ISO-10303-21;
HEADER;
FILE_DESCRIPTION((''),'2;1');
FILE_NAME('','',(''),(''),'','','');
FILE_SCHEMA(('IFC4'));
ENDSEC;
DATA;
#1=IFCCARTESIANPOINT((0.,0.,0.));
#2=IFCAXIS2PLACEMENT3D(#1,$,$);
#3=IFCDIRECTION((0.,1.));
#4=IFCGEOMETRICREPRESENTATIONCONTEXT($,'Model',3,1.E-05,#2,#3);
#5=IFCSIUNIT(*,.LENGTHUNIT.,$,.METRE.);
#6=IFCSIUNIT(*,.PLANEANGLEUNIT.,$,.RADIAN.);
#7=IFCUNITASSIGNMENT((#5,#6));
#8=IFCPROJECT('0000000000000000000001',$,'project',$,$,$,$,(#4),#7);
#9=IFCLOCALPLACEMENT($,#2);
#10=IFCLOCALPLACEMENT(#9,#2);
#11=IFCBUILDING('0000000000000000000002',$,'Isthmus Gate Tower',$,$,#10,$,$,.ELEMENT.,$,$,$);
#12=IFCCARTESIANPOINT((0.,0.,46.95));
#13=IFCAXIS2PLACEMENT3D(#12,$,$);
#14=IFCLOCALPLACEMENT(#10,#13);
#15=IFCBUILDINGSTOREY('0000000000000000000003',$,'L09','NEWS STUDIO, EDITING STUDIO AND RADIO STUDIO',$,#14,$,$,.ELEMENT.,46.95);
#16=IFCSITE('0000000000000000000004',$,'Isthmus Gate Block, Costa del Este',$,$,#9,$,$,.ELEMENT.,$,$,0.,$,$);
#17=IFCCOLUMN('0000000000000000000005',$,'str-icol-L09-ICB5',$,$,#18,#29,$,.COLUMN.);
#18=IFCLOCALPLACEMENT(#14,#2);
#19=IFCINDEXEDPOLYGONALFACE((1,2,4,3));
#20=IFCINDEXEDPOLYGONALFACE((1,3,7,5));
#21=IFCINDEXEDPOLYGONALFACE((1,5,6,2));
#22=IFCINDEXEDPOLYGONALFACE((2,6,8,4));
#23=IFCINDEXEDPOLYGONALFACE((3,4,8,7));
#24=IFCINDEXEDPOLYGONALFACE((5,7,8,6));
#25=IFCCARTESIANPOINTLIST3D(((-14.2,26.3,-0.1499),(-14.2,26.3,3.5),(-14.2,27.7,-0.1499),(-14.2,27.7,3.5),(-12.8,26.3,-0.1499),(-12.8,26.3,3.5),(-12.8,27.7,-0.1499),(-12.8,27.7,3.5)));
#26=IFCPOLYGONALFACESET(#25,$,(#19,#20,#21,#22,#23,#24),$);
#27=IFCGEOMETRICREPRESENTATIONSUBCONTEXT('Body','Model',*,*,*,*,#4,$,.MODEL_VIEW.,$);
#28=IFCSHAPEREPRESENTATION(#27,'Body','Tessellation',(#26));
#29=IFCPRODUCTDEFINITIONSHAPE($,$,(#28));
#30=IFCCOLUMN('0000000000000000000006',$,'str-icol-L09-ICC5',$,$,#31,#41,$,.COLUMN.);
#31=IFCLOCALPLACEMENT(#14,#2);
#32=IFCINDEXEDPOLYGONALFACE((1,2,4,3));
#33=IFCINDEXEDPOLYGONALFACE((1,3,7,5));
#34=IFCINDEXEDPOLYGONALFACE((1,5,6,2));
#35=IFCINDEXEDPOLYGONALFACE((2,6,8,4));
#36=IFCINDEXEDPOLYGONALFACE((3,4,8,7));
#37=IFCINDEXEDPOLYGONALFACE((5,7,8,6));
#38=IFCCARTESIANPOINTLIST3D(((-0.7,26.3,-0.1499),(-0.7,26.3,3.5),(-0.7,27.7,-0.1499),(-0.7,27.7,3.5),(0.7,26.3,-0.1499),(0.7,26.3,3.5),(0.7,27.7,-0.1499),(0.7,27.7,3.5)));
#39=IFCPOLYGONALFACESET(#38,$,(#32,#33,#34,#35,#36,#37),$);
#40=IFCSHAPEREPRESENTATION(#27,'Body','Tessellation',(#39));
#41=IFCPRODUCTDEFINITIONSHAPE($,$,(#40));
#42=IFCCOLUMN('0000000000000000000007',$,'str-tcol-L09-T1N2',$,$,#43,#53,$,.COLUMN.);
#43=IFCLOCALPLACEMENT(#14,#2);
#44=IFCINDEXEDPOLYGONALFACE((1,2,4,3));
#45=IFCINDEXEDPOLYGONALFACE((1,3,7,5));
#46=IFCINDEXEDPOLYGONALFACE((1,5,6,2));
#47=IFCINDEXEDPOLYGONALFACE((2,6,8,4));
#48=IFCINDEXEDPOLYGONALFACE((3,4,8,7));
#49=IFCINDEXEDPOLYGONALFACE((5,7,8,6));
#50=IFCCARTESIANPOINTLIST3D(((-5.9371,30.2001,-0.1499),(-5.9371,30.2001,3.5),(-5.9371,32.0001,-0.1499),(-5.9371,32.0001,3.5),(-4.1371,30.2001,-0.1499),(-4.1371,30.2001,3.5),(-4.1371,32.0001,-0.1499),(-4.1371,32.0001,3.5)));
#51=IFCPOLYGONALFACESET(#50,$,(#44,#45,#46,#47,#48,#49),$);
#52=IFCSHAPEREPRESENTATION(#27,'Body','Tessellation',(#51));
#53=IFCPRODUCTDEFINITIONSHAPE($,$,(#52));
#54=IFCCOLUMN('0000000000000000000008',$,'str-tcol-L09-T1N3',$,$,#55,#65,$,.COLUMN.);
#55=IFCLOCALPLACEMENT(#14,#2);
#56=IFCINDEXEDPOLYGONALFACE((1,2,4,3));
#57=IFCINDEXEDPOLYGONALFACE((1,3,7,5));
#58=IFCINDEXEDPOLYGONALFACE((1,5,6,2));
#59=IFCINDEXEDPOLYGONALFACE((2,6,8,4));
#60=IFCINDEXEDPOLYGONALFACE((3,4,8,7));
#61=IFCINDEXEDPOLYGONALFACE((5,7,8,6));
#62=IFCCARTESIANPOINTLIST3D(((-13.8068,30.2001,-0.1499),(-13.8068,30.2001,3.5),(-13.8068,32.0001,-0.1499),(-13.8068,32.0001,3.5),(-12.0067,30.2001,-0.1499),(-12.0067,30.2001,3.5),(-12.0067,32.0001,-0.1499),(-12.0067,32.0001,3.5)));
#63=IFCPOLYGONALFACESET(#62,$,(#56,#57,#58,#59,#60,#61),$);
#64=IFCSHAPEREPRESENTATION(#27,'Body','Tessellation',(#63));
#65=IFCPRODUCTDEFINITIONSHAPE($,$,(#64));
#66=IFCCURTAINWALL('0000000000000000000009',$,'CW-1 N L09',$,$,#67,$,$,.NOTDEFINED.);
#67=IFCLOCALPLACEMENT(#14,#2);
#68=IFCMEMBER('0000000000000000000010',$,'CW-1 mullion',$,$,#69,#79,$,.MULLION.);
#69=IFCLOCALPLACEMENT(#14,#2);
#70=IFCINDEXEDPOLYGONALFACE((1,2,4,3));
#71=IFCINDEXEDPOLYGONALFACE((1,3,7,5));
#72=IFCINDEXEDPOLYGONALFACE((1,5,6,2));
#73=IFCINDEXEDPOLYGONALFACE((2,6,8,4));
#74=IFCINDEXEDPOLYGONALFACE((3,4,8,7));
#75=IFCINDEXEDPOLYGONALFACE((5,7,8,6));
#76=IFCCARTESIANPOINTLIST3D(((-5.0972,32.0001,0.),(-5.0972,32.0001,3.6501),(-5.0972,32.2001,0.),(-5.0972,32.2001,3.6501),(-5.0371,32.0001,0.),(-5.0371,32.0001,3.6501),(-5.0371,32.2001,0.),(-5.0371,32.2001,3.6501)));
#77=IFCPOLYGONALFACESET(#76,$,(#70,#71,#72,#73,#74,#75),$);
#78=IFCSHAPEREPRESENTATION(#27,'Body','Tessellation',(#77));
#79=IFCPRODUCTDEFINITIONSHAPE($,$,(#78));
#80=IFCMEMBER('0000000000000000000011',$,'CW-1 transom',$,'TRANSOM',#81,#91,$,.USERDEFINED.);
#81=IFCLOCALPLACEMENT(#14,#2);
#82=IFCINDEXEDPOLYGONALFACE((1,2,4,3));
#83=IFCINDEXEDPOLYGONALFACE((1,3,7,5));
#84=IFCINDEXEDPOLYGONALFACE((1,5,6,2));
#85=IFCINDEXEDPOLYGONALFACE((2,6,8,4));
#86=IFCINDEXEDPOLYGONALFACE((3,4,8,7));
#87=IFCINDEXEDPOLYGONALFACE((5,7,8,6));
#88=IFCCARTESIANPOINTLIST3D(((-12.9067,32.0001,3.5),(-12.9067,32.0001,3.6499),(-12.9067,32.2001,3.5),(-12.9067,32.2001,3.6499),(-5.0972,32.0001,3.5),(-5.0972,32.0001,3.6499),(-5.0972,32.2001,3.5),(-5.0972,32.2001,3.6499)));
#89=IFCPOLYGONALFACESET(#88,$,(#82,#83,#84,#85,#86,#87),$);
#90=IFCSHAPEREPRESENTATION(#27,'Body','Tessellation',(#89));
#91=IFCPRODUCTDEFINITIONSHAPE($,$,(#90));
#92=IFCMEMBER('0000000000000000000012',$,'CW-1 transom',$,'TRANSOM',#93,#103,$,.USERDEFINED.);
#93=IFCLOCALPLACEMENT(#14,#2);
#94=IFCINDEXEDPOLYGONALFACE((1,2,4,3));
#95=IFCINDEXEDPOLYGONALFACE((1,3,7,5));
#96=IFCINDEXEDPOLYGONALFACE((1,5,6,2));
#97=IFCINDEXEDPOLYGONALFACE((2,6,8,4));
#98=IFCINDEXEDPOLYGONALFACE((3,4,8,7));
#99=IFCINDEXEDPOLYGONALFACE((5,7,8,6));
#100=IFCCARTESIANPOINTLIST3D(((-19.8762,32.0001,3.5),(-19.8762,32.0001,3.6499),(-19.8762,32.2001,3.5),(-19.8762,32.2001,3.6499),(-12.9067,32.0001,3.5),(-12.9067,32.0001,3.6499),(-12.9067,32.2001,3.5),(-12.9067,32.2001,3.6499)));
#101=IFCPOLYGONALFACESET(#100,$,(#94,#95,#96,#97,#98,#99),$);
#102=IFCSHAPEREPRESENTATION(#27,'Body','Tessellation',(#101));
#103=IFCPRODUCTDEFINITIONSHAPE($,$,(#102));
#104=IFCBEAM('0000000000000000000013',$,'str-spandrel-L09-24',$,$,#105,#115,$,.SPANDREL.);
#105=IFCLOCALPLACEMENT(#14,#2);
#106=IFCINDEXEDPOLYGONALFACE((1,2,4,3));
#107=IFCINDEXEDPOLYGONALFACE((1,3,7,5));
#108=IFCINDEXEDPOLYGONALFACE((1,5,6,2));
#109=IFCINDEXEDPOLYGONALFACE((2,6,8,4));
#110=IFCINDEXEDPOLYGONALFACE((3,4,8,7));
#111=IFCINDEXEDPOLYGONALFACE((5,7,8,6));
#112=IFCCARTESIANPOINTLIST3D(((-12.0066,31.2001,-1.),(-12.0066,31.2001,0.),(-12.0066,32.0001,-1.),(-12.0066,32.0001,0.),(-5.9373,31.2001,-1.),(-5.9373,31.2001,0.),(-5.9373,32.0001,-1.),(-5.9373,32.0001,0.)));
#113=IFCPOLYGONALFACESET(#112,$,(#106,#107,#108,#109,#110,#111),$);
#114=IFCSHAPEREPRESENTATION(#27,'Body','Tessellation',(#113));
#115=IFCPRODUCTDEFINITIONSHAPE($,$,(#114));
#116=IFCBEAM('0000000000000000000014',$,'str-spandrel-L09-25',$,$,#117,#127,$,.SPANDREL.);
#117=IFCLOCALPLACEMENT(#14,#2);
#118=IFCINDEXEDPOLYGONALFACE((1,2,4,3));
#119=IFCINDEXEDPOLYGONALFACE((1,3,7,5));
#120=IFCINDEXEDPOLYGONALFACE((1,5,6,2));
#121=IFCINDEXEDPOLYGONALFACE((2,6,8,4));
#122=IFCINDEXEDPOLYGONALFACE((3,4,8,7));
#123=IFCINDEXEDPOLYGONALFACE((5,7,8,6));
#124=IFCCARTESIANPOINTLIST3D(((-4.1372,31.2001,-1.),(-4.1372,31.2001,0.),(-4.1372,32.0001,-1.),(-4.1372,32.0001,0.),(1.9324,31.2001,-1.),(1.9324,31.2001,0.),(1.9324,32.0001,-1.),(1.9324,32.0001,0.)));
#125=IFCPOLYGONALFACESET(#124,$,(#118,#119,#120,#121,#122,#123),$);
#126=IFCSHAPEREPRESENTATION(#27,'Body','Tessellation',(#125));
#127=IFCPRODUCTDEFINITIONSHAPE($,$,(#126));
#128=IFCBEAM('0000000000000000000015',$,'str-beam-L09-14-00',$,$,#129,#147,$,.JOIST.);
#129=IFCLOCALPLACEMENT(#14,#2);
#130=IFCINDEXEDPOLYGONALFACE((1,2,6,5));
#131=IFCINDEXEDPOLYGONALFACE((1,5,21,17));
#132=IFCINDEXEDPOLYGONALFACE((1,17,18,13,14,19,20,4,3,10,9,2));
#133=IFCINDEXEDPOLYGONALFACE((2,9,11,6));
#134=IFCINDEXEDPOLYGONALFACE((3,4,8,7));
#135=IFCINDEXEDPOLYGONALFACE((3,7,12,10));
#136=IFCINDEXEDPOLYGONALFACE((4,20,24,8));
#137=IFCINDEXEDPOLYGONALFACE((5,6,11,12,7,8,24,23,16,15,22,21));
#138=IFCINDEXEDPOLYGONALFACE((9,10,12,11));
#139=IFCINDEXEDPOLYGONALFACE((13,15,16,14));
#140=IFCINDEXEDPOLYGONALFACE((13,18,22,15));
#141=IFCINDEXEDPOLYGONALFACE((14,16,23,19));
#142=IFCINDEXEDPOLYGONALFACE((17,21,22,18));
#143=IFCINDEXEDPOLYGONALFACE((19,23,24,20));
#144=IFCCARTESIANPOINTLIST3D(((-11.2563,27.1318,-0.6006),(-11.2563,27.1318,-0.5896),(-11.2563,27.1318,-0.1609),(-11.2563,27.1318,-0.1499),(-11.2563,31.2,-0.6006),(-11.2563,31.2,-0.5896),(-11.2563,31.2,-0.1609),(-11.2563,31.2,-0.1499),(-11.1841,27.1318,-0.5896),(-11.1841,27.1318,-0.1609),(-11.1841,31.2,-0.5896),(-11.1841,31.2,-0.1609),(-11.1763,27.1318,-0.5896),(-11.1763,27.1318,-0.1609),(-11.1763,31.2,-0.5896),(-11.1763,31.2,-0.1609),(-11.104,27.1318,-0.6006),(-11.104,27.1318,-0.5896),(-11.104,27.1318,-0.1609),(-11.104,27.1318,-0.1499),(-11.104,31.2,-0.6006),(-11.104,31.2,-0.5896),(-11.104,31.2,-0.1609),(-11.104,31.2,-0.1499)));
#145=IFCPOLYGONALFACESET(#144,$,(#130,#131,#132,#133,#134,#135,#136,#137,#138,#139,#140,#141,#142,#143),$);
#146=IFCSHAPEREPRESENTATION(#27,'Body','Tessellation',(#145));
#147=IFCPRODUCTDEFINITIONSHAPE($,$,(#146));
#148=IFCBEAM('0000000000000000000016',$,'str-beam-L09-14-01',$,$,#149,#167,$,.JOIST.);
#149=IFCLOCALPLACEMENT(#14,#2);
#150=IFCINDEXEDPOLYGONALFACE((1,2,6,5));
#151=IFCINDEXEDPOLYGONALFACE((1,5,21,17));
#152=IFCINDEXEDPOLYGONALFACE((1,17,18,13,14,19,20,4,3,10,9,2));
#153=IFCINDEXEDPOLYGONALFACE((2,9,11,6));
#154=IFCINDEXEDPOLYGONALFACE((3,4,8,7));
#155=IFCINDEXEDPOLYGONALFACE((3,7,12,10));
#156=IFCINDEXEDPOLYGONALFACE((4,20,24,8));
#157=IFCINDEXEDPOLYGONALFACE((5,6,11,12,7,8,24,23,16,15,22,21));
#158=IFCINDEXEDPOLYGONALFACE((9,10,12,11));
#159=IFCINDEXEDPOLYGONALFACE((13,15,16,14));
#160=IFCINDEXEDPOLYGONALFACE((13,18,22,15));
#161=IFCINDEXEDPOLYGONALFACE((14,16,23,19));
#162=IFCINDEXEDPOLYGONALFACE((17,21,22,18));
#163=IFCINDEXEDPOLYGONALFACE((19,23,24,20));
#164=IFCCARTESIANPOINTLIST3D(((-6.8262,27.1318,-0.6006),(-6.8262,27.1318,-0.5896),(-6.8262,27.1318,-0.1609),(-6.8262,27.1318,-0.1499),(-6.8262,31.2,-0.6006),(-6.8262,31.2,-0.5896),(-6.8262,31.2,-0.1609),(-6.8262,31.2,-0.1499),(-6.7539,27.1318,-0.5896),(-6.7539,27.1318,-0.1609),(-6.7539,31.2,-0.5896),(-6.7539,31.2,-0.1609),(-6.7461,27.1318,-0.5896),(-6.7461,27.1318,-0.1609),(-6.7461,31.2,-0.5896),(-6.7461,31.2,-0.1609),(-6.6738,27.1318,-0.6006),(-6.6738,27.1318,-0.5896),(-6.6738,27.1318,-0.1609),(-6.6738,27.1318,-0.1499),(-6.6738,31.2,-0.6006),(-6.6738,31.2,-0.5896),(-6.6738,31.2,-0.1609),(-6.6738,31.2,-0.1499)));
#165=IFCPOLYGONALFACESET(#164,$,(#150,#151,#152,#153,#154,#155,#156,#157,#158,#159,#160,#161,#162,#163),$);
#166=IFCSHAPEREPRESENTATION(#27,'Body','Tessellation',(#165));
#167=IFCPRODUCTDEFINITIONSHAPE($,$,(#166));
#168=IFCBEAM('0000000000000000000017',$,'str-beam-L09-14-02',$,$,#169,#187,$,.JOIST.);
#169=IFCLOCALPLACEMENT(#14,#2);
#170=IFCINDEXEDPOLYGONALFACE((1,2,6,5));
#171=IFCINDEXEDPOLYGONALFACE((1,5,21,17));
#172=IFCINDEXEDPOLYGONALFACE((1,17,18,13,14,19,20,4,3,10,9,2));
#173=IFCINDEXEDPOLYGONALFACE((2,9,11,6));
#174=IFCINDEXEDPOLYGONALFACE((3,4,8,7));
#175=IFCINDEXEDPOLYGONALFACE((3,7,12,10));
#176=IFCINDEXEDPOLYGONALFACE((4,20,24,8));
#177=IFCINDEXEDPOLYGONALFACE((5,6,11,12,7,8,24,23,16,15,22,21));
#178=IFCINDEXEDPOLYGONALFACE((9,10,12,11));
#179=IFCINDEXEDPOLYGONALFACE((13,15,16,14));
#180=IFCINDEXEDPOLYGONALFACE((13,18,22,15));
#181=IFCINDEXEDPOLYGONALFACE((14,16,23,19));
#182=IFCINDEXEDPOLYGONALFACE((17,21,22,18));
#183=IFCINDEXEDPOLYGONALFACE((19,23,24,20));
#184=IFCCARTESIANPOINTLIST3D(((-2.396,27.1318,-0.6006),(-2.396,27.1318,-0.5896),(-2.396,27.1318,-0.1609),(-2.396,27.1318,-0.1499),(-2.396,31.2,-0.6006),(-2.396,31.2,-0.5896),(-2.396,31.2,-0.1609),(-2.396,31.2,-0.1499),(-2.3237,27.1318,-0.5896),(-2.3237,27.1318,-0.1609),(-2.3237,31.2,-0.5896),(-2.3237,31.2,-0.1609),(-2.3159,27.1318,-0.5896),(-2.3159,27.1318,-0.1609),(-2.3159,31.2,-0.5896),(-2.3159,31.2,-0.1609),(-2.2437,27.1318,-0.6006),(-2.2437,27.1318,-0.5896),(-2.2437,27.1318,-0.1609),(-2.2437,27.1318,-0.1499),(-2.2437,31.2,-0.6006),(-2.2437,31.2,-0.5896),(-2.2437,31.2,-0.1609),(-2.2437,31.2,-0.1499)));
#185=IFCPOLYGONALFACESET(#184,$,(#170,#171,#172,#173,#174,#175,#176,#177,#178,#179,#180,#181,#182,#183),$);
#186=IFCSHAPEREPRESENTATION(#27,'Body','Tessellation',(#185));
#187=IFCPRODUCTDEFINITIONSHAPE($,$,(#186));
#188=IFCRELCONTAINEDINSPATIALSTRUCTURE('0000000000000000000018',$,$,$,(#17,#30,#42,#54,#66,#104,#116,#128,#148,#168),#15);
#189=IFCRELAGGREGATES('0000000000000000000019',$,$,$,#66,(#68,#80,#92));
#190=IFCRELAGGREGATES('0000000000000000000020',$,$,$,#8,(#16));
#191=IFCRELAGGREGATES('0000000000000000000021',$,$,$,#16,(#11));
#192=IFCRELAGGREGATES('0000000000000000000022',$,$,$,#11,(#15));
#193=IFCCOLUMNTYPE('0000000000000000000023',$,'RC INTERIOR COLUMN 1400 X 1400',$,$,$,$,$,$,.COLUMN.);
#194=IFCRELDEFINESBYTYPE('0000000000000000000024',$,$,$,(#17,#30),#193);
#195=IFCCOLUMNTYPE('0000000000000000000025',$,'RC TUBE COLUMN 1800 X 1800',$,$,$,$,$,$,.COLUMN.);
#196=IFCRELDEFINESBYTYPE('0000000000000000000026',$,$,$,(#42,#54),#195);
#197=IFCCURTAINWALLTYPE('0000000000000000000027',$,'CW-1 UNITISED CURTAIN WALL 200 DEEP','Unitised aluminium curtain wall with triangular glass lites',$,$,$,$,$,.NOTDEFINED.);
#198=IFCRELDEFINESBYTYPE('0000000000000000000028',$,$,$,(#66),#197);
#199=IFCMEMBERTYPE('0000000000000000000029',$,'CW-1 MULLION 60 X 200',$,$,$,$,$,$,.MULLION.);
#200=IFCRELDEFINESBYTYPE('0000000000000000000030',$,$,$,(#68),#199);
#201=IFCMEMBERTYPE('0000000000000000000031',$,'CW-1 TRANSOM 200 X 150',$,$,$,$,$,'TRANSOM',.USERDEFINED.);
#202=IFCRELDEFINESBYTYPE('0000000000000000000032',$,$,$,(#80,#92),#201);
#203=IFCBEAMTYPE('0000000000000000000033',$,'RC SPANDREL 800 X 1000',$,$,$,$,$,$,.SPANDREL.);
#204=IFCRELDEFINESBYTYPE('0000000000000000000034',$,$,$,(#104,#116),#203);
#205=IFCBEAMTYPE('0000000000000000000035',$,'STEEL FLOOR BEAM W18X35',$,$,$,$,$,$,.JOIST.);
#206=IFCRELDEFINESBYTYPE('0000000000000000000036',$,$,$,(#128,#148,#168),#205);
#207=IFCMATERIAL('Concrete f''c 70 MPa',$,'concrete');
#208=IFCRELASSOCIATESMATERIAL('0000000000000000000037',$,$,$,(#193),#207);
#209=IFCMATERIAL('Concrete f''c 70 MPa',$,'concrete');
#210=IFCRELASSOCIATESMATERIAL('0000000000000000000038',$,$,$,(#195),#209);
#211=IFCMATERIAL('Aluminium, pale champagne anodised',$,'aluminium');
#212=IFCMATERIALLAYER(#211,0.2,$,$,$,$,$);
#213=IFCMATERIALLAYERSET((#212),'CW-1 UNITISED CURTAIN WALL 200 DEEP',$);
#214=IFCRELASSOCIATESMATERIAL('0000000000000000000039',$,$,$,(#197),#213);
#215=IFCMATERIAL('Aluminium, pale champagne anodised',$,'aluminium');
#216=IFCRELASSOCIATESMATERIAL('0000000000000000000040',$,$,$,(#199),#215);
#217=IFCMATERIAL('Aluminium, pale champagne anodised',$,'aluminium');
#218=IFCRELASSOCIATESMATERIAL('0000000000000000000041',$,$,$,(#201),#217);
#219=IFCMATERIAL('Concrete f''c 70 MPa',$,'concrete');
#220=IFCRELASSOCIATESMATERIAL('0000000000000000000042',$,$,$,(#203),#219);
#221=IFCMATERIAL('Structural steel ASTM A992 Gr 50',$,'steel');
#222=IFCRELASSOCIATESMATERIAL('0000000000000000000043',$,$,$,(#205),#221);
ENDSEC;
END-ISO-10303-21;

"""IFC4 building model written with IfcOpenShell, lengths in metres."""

from ifc_helpers import new_model, si_unit, direction, frame, origin, origin_2d, place, context, subcontext, project, spatial, rectangle, i_section, extrude, material, layer, layer_set, material_profile, profile_set, type_object, element, aggregate, save


model = new_model("IFC4")

# Units and contexts
model_context = context("Model", 3, precision=1e-05, world=origin(), true_north=direction((0.0, 1.0)))
body_context = subcontext(model_context, "Body", "Model", "MODEL_VIEW")
ifc_project = project(units=[si_unit("LENGTHUNIT", "METRE"), si_unit("PLANEANGLEUNIT", "RADIAN")], contexts=[model_context])

# Site, building, storey
site_placement = place(None, origin())
site = spatial("IfcSite", under=ifc_project, at=site_placement, Name="Isthmus Gate Block, Costa del Este", CompositionType="ELEMENT", RefElevation=0.0)
building_placement = place(site_placement, origin())
building = spatial("IfcBuilding", under=site, at=building_placement, Name="Isthmus Gate Tower", CompositionType="ELEMENT")
storey_placement = place(building_placement, frame((0.0, 0.0, 46.95)))
storey = spatial("IfcBuildingStorey", under=building, at=storey_placement, Name="L09", Description="NEWS STUDIO, EDITING STUDIO AND RADIO STUDIO", CompositionType="ELEMENT", Elevation=46.95)

# Columns
ifc_material_1 = material(Name="Concrete f'c 70 MPa", Category="concrete")
ifc_material_profile_1 = material_profile(ifc_material_1, rectangle(XDim=1.3999, YDim=1.3999, at=origin_2d()), Name="RC 1400X1400")
ifc_profile_set_1 = profile_set([ifc_material_profile_1], Name="Concrete f'c 70 MPa")
column_type_1 = type_object("IfcColumnType", Name="RC INTERIOR COLUMN 1400 X 1400", PredefinedType="COLUMN", material=ifc_profile_set_1)
for number, where, z_axis, x_axis, name in (
    (1, (-13.5, 27.0, -0.1499), (0.0, 0.0, 1.0), (1.0, 0.0, 0.0), "str-icol-L09-ICB5"),
    (2, (0.0, 27.0, -0.1499), (0.0, 0.0, 1.0), (1.0, 0.0, 0.0), "str-icol-L09-ICC5"),
):
    element("IfcColumn", number, at=place(storey_placement, frame(where, z_axis=z_axis, x_axis=x_axis)), inside=storey, type_object=column_type_1, Name=name, PredefinedType="COLUMN", context=body_context, shape_type="SweptSolid", body=[
        extrude(rectangle(XDim=1.3999, YDim=1.3999, at=origin_2d()), origin(), (0.0, 0.0, 1.0), 3.6499),
    ])
ifc_material_2 = material(Name="Concrete f'c 70 MPa", Category="concrete")
ifc_material_profile_2 = material_profile(ifc_material_2, rectangle(XDim=1.8, YDim=1.8, at=origin_2d()), Name="RC 1800X1800")
ifc_profile_set_2 = profile_set([ifc_material_profile_2], Name="Concrete f'c 70 MPa")
column_type_2 = type_object("IfcColumnType", Name="RC TUBE COLUMN 1800 X 1800", PredefinedType="COLUMN", material=ifc_profile_set_2)
for number, where, z_axis, x_axis, name in (
    (3, (-5.0371, 31.1001, -0.1499), (0.0, 0.0, 1.0), (-1.0, 0.0, 0.0), "str-tcol-L09-T1N2"),
    (4, (-12.9067, 31.1001, -0.1499), (0.0, 0.0, 1.0), (-1.0, 0.0, 0.0), "str-tcol-L09-T1N3"),
):
    element("IfcColumn", number, at=place(storey_placement, frame(where, z_axis=z_axis, x_axis=x_axis)), inside=storey, type_object=column_type_2, Name=name, PredefinedType="COLUMN", context=body_context, shape_type="SweptSolid", body=[
        extrude(rectangle(XDim=1.8, YDim=1.8, at=origin_2d()), origin(), (0.0, 0.0, 1.0), 3.6499),
    ])

# Curtain wall, members
ifc_material_3 = material(Name="Aluminium, pale champagne anodised", Category="aluminium")
ifc_layer_1 = layer(ifc_material_3, 0.2)
ifc_layer_set_1 = layer_set([ifc_layer_1], Name="CW-1 UNITISED CURTAIN WALL 200 DEEP")
curtain_wall_type = type_object("IfcCurtainWallType", Name="CW-1 UNITISED CURTAIN WALL 200 DEEP", Description="Unitised aluminium curtain wall with triangular glass lites", PredefinedType="NOTDEFINED", material=ifc_layer_set_1)
curtain_wall_placement = place(storey_placement, origin())
curtain_wall = element("IfcCurtainWall", 5, at=curtain_wall_placement, inside=storey, type_object=curtain_wall_type, Name="CW-1 N L09", PredefinedType="NOTDEFINED")
ifc_material_4 = material(Name="Aluminium, pale champagne anodised", Category="aluminium")
ifc_material_profile_3 = material_profile(ifc_material_4, rectangle(XDim=0.0601, YDim=0.2, at=origin_2d()), Name="60x200")
ifc_profile_set_3 = profile_set([ifc_material_profile_3], Name="Aluminium, pale champagne anodised")
member_type_1 = type_object("IfcMemberType", Name="CW-1 MULLION 60 X 200", PredefinedType="MULLION", material=ifc_profile_set_3)
member_1_placement = place(storey_placement, frame((-5.0671, 32.1001, 0.0), z_axis=(0.0, 0.0, 1.0), x_axis=(-1.0, 0.0, 0.0)))
member_1 = element("IfcMember", 6, at=member_1_placement, type_object=member_type_1, Name="CW-1 mullion", PredefinedType="MULLION", context=body_context, shape_type="SweptSolid", body=[
    extrude(rectangle(XDim=0.0601, YDim=0.2, at=origin_2d()), origin(), (0.0, 0.0, 1.0), 3.6501),
])
ifc_material_5 = material(Name="Aluminium, pale champagne anodised", Category="aluminium")
ifc_material_profile_4 = material_profile(ifc_material_5, rectangle(XDim=0.2, YDim=0.1499, at=origin_2d()), Name="200x150")
ifc_profile_set_4 = profile_set([ifc_material_profile_4], Name="Aluminium, pale champagne anodised")
member_type_2 = type_object("IfcMemberType", Name="CW-1 TRANSOM 200 X 150", ElementType="TRANSOM", PredefinedType="USERDEFINED", material=ifc_profile_set_4)
member_2_placement = place(storey_placement, frame((-5.0972, 32.1001, 3.575), z_axis=(-1.0, 0.0, 0.0), x_axis=(0.0, -1.0, 0.0)))
member_2 = element("IfcMember", 7, at=member_2_placement, type_object=member_type_2, Name="CW-1 transom", ObjectType="TRANSOM", PredefinedType="USERDEFINED", context=body_context, shape_type="SweptSolid", body=[
    extrude(rectangle(XDim=0.2, YDim=0.1499, at=origin_2d()), origin(), (0.0, 0.0, 1.0), 7.8096),
])
member_3_placement = place(storey_placement, frame((-12.9067, 32.1001, 3.575), z_axis=(-1.0, 0.0, 0.0), x_axis=(0.0, -1.0, 0.0)))
member_3 = element("IfcMember", 8, at=member_3_placement, type_object=member_type_2, Name="CW-1 transom", ObjectType="TRANSOM", PredefinedType="USERDEFINED", context=body_context, shape_type="SweptSolid", body=[
    extrude(rectangle(XDim=0.2, YDim=0.1499, at=origin_2d()), origin(), (0.0, 0.0, 1.0), 6.9695),
])

# Beams
ifc_material_6 = material(Name="Concrete f'c 70 MPa", Category="concrete")
ifc_material_profile_5 = material_profile(ifc_material_6, rectangle(XDim=0.8, YDim=1.0, at=origin_2d()), Name="RC 800X1000")
ifc_profile_set_5 = profile_set([ifc_material_profile_5], Name="Concrete f'c 70 MPa")
beam_type_1 = type_object("IfcBeamType", Name="RC SPANDREL 800 X 1000", PredefinedType="SPANDREL", material=ifc_profile_set_5)
beam_1_placement = place(storey_placement, frame((-12.0066, 31.6001, -0.5), z_axis=(1.0, 0.0, 0.0), x_axis=(0.0, 1.0, 0.0)))
element("IfcBeam", 9, at=beam_1_placement, inside=storey, type_object=beam_type_1, Name="str-spandrel-L09-24", PredefinedType="SPANDREL", context=body_context, shape_type="SweptSolid", body=[
    extrude(rectangle(XDim=0.8, YDim=1.0, at=origin_2d()), origin(), (0.0, 0.0, 1.0), 6.0693),
])
beam_2_placement = place(storey_placement, frame((-4.1372, 31.6001, -0.5), z_axis=(1.0, 0.0, 0.0), x_axis=(0.0, 1.0, 0.0)))
element("IfcBeam", 10, at=beam_2_placement, inside=storey, type_object=beam_type_1, Name="str-spandrel-L09-25", PredefinedType="SPANDREL", context=body_context, shape_type="SweptSolid", body=[
    extrude(rectangle(XDim=0.8, YDim=1.0, at=origin_2d()), origin(), (0.0, 0.0, 1.0), 6.0696),
])
ifc_material_7 = material(Name="Structural steel ASTM A992 Gr 50", Category="steel")
ifc_material_profile_6 = material_profile(ifc_material_7, i_section(OverallWidth=0.1523, OverallDepth=0.4507, WebThickness=0.0078, FlangeThickness=0.011, at=origin_2d()), Name="W18X35")
ifc_profile_set_6 = profile_set([ifc_material_profile_6], Name="Structural steel ASTM A992 Gr 50")
beam_type_2 = type_object("IfcBeamType", Name="STEEL FLOOR BEAM W18X35", PredefinedType="JOIST", material=ifc_profile_set_6)
for number, where, z_axis, x_axis, name in (
    (11, (-11.1802, 27.1318, -0.3752), (0.0, 1.0, 0.0), (-1.0, 0.0, 0.0), "str-beam-L09-14-00"),
    (12, (-6.75, 27.1318, -0.3752), (0.0, 1.0, 0.0), (-1.0, 0.0, 0.0), "str-beam-L09-14-01"),
    (13, (-2.3198, 27.1318, -0.3752), (0.0, 1.0, 0.0), (-1.0, 0.0, 0.0), "str-beam-L09-14-02"),
):
    element("IfcBeam", number, at=place(storey_placement, frame(where, z_axis=z_axis, x_axis=x_axis)), inside=storey, type_object=beam_type_2, Name=name, PredefinedType="JOIST", context=body_context, shape_type="SweptSolid", body=[
        extrude(i_section(OverallWidth=0.1523, OverallDepth=0.4507, WebThickness=0.0078, FlangeThickness=0.011, at=origin_2d()), origin(), (0.0, 0.0, 1.0), 4.0681),
    ])

aggregate(curtain_wall, [member_1, member_2, member_3])

save(model, "model.ifc")
